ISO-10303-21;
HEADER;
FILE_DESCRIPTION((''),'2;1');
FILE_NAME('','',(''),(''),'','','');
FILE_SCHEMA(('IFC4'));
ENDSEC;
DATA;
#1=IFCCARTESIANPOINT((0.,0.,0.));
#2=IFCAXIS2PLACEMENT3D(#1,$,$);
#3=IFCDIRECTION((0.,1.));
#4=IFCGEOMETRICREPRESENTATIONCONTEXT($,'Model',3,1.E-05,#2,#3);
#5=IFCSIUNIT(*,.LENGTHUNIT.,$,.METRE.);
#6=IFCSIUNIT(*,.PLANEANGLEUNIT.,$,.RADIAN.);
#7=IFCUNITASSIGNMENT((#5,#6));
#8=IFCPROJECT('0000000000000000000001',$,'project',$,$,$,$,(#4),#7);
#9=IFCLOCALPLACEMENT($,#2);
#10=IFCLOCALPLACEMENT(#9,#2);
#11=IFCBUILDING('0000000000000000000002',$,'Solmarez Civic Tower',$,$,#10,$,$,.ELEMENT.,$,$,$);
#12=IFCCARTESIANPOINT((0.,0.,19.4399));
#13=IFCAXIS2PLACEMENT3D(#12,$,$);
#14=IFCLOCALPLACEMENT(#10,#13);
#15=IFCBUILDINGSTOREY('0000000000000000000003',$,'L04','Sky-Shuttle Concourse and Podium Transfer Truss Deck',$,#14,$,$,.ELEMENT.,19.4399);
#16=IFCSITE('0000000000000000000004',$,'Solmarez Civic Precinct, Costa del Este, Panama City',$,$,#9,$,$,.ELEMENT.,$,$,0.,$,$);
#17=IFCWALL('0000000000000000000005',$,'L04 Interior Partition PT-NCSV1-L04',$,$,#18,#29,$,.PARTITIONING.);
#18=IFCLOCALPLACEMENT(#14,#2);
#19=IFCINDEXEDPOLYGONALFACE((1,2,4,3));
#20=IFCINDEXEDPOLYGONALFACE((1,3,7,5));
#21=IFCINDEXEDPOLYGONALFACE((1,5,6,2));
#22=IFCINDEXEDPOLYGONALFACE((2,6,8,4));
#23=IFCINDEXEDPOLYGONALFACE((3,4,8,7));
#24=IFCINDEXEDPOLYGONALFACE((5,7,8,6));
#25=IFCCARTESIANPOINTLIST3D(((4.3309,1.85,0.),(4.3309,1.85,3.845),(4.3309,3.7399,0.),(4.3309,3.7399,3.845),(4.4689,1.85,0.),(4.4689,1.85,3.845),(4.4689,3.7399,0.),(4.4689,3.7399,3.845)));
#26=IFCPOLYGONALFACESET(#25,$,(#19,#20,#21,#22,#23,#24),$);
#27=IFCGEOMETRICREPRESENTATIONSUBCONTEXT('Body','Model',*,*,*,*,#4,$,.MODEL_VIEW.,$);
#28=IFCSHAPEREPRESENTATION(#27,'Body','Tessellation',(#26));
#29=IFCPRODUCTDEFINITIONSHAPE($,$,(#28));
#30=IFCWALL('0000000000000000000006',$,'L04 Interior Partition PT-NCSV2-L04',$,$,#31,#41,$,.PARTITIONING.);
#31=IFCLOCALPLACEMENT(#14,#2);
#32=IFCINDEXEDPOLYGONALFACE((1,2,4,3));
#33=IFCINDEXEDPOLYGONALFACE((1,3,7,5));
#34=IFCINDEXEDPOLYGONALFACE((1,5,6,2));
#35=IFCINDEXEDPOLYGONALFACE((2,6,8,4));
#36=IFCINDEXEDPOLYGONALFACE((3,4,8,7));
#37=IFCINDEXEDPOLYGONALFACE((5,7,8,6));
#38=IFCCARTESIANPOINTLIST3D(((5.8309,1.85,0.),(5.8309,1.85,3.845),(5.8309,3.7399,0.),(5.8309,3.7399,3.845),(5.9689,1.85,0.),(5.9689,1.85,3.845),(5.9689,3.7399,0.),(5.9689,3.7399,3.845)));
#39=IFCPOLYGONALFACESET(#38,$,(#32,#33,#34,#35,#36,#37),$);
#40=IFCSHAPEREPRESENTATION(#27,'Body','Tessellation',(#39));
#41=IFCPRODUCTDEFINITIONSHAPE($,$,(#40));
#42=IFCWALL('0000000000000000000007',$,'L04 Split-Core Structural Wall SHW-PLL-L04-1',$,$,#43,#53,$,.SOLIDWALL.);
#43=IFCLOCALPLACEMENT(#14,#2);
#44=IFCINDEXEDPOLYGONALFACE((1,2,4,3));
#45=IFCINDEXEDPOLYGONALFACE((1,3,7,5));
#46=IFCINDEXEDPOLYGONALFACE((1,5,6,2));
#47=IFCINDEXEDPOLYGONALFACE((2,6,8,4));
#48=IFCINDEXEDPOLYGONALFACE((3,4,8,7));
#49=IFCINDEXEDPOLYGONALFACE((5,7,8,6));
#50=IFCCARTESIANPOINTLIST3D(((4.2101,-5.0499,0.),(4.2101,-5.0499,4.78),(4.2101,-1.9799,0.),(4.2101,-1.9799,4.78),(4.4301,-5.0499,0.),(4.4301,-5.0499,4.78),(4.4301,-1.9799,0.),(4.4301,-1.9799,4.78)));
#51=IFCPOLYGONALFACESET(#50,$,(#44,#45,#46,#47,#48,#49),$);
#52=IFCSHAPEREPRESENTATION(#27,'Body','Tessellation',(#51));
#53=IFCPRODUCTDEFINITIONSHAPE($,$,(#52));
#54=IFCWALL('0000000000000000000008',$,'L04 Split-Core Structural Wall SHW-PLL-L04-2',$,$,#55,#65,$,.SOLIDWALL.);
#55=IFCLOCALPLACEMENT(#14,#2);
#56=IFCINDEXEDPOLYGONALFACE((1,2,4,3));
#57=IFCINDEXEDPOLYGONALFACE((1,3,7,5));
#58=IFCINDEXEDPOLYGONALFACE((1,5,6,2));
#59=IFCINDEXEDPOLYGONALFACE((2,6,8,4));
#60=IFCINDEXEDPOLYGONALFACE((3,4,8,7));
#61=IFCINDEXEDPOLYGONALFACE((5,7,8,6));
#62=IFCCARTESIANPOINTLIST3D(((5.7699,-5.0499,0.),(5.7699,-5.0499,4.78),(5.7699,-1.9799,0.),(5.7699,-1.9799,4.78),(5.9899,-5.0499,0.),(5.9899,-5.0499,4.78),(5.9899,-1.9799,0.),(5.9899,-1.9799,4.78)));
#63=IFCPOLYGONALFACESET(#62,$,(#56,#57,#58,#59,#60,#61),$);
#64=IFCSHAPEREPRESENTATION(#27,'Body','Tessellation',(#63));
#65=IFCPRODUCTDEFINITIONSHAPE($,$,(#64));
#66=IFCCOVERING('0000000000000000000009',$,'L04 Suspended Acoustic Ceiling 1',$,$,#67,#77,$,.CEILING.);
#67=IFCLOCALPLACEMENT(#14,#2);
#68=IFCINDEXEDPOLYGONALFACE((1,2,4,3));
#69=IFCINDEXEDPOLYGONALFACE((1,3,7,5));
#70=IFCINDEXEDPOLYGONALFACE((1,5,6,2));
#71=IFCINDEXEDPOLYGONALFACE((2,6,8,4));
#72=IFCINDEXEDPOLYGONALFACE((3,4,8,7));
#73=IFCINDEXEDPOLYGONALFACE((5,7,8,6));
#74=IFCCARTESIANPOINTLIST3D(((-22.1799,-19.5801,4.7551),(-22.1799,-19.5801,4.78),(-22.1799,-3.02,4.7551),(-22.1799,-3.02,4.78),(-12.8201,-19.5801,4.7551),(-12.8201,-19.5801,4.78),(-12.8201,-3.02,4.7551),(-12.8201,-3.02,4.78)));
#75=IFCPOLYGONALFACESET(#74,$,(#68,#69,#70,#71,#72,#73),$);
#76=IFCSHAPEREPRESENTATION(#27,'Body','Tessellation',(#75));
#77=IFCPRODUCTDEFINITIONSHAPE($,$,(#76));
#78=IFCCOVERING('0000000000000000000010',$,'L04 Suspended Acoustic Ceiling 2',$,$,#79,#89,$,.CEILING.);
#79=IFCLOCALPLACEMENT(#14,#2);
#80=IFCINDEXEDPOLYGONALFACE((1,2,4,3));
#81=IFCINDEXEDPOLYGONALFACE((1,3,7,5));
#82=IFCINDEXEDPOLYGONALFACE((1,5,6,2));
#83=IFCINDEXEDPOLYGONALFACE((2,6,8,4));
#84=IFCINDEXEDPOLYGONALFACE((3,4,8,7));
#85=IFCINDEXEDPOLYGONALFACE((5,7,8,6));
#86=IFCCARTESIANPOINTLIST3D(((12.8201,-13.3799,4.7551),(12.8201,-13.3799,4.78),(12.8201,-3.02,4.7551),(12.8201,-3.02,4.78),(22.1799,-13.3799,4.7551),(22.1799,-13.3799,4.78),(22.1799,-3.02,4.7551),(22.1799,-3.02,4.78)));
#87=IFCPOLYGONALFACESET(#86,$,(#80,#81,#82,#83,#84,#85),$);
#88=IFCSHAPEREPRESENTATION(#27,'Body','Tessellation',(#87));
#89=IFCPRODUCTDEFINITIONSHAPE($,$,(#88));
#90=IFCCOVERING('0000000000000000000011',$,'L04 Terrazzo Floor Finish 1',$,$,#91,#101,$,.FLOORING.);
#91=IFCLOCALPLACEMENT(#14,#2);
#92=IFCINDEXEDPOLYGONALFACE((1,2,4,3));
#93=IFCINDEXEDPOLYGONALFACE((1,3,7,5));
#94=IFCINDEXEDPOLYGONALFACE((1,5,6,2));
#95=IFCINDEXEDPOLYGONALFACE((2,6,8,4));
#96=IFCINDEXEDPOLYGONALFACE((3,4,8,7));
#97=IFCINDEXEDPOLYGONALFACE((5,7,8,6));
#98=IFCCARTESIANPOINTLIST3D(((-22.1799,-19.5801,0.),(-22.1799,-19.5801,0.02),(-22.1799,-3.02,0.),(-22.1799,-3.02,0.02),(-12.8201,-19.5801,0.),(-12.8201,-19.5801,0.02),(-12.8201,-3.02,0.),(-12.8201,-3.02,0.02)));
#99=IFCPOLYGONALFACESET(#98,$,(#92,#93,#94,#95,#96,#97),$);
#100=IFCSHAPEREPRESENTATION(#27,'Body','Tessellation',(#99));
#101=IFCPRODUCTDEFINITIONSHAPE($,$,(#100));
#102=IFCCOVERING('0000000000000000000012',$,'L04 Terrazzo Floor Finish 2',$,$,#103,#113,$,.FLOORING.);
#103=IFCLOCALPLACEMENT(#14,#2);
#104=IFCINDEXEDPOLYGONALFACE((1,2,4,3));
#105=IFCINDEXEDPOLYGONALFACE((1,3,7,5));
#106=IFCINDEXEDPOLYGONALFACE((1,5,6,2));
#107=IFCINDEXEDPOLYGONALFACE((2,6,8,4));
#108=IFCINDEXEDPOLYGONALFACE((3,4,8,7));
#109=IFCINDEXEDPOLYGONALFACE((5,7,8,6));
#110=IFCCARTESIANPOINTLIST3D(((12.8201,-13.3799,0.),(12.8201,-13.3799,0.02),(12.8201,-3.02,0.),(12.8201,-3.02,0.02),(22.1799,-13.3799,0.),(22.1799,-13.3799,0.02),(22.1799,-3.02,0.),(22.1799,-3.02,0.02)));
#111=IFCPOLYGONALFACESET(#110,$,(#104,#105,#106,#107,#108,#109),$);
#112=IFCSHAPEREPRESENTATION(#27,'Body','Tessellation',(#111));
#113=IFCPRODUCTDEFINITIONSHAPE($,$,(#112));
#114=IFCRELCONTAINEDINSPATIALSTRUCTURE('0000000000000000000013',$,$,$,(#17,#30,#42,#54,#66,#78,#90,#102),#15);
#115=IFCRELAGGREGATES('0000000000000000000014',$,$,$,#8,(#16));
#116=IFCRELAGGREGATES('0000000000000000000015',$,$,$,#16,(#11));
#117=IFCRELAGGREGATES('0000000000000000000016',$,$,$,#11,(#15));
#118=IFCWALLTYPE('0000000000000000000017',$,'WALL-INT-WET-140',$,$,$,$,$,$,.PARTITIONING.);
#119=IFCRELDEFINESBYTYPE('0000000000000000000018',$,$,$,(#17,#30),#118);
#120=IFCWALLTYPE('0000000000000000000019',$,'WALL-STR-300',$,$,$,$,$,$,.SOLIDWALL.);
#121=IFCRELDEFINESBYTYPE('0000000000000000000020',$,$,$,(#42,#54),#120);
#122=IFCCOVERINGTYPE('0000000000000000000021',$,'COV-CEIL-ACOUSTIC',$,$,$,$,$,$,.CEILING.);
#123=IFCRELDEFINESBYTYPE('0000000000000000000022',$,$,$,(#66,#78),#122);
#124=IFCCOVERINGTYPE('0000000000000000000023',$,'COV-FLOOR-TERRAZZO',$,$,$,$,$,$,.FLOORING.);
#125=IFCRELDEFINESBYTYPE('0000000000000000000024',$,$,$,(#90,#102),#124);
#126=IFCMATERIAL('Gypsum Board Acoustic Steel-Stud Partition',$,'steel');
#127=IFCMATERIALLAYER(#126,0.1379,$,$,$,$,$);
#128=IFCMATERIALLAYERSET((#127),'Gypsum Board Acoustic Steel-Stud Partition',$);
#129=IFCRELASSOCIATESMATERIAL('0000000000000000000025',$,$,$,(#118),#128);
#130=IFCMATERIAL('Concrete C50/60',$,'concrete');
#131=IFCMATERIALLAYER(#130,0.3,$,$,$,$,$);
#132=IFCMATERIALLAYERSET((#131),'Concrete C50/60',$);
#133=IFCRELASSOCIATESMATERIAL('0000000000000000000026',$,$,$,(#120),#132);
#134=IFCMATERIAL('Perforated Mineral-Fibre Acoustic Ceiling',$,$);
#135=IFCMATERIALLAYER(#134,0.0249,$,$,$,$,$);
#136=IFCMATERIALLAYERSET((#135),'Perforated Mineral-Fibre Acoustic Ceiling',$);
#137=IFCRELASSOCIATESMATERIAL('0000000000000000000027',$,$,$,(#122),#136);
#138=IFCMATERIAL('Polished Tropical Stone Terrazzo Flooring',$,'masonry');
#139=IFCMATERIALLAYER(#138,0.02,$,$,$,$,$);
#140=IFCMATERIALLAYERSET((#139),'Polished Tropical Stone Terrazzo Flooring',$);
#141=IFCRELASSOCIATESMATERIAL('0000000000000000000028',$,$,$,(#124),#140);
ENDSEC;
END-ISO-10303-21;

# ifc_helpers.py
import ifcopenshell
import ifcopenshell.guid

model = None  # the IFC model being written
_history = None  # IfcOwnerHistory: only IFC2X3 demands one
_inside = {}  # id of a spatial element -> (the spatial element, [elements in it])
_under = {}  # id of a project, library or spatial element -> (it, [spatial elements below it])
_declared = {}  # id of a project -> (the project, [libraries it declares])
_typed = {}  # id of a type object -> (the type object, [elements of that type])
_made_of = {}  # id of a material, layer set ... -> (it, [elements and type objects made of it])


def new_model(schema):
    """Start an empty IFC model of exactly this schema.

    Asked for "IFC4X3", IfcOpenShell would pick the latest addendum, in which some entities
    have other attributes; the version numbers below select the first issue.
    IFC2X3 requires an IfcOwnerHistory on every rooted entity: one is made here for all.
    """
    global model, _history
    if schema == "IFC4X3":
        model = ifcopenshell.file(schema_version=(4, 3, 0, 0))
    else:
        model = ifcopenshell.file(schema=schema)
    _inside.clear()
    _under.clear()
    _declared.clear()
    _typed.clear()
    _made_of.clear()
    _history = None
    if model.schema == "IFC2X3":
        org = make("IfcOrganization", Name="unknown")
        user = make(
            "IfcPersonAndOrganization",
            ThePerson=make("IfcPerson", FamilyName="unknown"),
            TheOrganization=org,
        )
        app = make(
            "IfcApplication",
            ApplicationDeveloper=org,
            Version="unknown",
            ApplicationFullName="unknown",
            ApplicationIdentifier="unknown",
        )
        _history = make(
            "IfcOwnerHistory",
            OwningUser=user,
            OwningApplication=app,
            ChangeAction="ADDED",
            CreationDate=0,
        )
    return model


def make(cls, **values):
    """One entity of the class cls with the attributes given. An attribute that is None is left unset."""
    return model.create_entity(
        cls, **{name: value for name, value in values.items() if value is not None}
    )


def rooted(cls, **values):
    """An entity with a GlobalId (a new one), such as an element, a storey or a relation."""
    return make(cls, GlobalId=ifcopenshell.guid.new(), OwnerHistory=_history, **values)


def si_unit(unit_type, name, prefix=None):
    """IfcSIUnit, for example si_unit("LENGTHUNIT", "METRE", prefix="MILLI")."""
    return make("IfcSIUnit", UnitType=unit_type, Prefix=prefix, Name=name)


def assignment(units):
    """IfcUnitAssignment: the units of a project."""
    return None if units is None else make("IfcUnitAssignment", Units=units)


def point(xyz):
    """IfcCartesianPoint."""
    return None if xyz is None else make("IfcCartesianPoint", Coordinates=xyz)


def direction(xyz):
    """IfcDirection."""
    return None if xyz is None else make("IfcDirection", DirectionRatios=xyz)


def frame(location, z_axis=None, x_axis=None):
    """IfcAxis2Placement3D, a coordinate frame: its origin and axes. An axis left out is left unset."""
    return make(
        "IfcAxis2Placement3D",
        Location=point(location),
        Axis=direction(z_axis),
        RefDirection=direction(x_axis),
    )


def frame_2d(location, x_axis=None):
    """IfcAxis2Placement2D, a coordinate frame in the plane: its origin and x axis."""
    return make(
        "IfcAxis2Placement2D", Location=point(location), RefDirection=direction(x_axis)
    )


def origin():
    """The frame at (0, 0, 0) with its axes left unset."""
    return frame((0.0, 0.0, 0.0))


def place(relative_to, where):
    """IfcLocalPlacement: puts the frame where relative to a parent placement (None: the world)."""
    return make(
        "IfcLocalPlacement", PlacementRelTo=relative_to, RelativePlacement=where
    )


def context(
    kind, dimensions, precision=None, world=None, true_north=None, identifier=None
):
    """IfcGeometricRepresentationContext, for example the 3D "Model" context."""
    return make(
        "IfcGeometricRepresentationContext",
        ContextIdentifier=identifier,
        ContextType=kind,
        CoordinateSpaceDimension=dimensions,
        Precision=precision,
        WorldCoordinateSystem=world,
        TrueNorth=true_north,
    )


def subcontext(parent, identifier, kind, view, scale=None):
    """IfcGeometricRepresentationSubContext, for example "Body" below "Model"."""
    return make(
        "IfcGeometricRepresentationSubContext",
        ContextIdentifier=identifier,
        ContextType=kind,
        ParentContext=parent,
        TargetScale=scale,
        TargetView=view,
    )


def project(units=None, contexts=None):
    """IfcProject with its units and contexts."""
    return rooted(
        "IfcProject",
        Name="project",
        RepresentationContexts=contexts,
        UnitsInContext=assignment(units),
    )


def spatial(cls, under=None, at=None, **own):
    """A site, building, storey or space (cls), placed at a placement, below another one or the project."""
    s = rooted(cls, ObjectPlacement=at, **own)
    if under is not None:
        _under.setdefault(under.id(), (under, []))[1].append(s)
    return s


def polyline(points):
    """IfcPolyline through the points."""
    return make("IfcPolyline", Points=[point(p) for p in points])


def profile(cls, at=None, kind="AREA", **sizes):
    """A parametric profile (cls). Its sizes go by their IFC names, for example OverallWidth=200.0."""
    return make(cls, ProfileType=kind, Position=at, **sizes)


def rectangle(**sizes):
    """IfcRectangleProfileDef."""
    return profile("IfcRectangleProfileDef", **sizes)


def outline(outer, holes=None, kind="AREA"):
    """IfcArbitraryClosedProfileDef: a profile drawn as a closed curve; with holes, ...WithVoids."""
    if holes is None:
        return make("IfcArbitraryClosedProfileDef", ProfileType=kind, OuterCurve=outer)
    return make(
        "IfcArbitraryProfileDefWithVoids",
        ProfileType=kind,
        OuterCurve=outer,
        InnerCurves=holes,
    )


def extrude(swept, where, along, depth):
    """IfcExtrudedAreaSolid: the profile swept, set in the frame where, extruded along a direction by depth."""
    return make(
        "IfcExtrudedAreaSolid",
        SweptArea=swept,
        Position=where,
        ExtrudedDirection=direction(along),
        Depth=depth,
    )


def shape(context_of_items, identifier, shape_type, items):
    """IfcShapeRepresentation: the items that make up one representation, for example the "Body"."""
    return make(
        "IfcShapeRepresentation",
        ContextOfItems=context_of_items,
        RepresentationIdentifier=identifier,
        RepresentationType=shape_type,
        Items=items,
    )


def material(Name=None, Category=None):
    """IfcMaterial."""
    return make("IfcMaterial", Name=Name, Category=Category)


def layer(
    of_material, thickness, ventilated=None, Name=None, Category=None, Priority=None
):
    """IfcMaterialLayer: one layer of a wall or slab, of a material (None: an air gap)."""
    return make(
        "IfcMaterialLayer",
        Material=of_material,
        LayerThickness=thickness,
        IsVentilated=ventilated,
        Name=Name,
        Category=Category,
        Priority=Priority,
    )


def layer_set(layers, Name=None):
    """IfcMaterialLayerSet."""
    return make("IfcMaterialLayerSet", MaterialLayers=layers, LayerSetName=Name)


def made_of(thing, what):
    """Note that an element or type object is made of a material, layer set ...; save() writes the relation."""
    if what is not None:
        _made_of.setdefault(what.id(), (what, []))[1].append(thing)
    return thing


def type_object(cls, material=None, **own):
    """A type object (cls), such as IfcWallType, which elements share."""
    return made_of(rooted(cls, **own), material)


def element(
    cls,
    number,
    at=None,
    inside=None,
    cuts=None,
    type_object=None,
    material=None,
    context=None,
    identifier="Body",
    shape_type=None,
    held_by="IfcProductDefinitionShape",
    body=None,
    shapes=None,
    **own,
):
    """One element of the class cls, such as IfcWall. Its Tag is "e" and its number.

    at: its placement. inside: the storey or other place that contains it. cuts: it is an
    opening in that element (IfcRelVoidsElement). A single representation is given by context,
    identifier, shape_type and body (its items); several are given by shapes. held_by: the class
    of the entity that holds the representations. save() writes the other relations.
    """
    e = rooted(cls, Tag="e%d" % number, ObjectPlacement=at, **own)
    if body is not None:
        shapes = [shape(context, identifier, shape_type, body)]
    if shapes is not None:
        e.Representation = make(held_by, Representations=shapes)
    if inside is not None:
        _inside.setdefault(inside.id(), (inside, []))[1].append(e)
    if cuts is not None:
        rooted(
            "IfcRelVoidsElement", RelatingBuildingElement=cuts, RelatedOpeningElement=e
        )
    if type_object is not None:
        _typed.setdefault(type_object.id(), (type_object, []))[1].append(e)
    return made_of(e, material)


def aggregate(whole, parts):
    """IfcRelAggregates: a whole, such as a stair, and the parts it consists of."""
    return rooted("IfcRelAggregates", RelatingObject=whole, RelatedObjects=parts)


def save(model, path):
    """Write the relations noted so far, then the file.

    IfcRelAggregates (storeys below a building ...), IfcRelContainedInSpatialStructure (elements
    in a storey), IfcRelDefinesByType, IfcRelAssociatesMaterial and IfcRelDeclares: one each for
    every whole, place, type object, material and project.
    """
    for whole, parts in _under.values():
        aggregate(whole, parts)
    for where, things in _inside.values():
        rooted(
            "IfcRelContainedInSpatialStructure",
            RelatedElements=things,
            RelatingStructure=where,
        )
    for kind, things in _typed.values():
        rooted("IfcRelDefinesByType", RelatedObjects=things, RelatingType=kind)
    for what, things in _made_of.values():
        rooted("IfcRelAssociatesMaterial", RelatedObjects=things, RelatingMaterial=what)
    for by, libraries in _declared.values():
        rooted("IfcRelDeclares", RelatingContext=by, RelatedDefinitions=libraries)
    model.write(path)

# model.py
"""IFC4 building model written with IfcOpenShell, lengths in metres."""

from ifc_helpers import new_model, si_unit, direction, frame, frame_2d, origin, place, context, subcontext, project, spatial, polyline, rectangle, outline, extrude, material, layer, layer_set, type_object, element, save


model = new_model("IFC4")

# Units and contexts
model_context = context("Model", 3, precision=1e-05, world=origin(), true_north=direction((0.0, 1.0)))
body_context = subcontext(model_context, "Body", "Model", "MODEL_VIEW")
ifc_project = project(units=[si_unit("LENGTHUNIT", "METRE"), si_unit("PLANEANGLEUNIT", "RADIAN")], contexts=[model_context])

# Site, building, storey
site_placement = place(None, origin())
site = spatial("IfcSite", under=ifc_project, at=site_placement, Name="Solmarez Civic Precinct, Costa del Este, Panama City", CompositionType="ELEMENT", RefElevation=0.0)
building_placement = place(site_placement, origin())
building = spatial("IfcBuilding", under=site, at=building_placement, Name="Solmarez Civic Tower", CompositionType="ELEMENT")
storey_placement = place(building_placement, frame((0.0, 0.0, 19.4399)))
storey = spatial("IfcBuildingStorey", under=building, at=storey_placement, Name="L04", Description="Sky-Shuttle Concourse and Podium Transfer Truss Deck", CompositionType="ELEMENT", Elevation=19.4399)

# Shared definitions
ifc_material_1 = material(Name="Concrete C50/60", Category="concrete")

# Shared definitions
ifc_material_2 = material(Name="Gypsum Board Acoustic Steel-Stud Partition", Category="steel")

# Walls
ifc_layer_1 = layer(ifc_material_2, 0.1379)
ifc_layer_set_1 = layer_set([ifc_layer_1], Name="Gypsum Board Acoustic Steel-Stud Partition")
wall_type_1 = type_object("IfcWallType", Name="WALL-INT-WET-140", PredefinedType="PARTITIONING", material=ifc_layer_set_1)
for number, where, z_axis, x_axis, name in (
    (1, (4.3999, 1.8501, 0.0), (0.0, 0.0, 1.0), (0.0, 1.0, 0.0), "L04 Interior Partition PT-NCSV1-L04"),
    (2, (5.8999, 1.8501, 0.0), (0.0, 0.0, 1.0), (0.0, 1.0, 0.0), "L04 Interior Partition PT-NCSV2-L04"),
):
    element("IfcWall", number, at=place(storey_placement, frame(where, z_axis=z_axis, x_axis=x_axis)), inside=storey, type_object=wall_type_1, Name=name, PredefinedType="PARTITIONING", context=body_context, shape_type="SweptSolid", body=[
        extrude(rectangle(XDim=1.8899, YDim=0.1379, at=frame_2d((0.9448, 0.0))), origin(), (0.0, 0.0, 1.0), 3.845),
    ])
ifc_layer_2 = layer(ifc_material_1, 0.3)
ifc_layer_set_2 = layer_set([ifc_layer_2], Name="Concrete C50/60")
wall_type_2 = type_object("IfcWallType", Name="WALL-STR-300", PredefinedType="SOLIDWALL", material=ifc_layer_set_2)
for number, where, z_axis, x_axis, name in (
    (3, (4.3201, -5.05, 0.0), (0.0, 0.0, 1.0), (0.0, 1.0, 0.0), "L04 Split-Core Structural Wall SHW-PLL-L04-1"),
    (4, (5.8799, -5.05, 0.0), (0.0, 0.0, 1.0), (0.0, 1.0, 0.0), "L04 Split-Core Structural Wall SHW-PLL-L04-2"),
):
    element("IfcWall", number, at=place(storey_placement, frame(where, z_axis=z_axis, x_axis=x_axis)), inside=storey, type_object=wall_type_2, Name=name, PredefinedType="SOLIDWALL", context=body_context, shape_type="SweptSolid", body=[
        extrude(rectangle(XDim=3.0701, YDim=0.22, at=frame_2d((1.5352, 0.0))), origin(), (0.0, 0.0, 1.0), 4.78),
    ])

# Coverings
ifc_material_3 = material(Name="Perforated Mineral-Fibre Acoustic Ceiling")
ifc_layer_3 = layer(ifc_material_3, 0.0249)
ifc_layer_set_3 = layer_set([ifc_layer_3], Name="Perforated Mineral-Fibre Acoustic Ceiling")
covering_type_1 = type_object("IfcCoveringType", Name="COV-CEIL-ACOUSTIC", PredefinedType="CEILING", material=ifc_layer_set_3)
covering_1_placement = place(storey_placement, frame((0.0, 0.0, 4.7551)))
element("IfcCovering", 5, at=covering_1_placement, inside=storey, type_object=covering_type_1, Name="L04 Suspended Acoustic Ceiling 1", PredefinedType="CEILING", context=body_context, shape_type="SweptSolid", body=[
    extrude(outline(polyline([(-12.8201, -19.5801), (-12.8201, -3.02), (-22.1799, -3.02), (-22.1799, -19.5801), (-12.8201, -19.5801)])), origin(), (0.0, 0.0, 1.0), 0.0249),
])
covering_2_placement = place(storey_placement, frame((0.0, 0.0, 4.7551)))
element("IfcCovering", 6, at=covering_2_placement, inside=storey, type_object=covering_type_1, Name="L04 Suspended Acoustic Ceiling 2", PredefinedType="CEILING", context=body_context, shape_type="SweptSolid", body=[
    extrude(outline(polyline([(22.1799, -13.3799), (22.1799, -3.02), (12.8201, -3.02), (12.8201, -13.3799), (22.1799, -13.3799)])), origin(), (0.0, 0.0, 1.0), 0.0249),
])
ifc_material_4 = material(Name="Polished Tropical Stone Terrazzo Flooring", Category="masonry")
ifc_layer_4 = layer(ifc_material_4, 0.02)
ifc_layer_set_4 = layer_set([ifc_layer_4], Name="Polished Tropical Stone Terrazzo Flooring")
covering_type_2 = type_object("IfcCoveringType", Name="COV-FLOOR-TERRAZZO", PredefinedType="FLOORING", material=ifc_layer_set_4)
covering_3_placement = place(storey_placement, origin())
element("IfcCovering", 7, at=covering_3_placement, inside=storey, type_object=covering_type_2, Name="L04 Terrazzo Floor Finish 1", PredefinedType="FLOORING", context=body_context, shape_type="SweptSolid", body=[
    extrude(outline(polyline([(-12.8201, -19.5801), (-12.8201, -3.02), (-22.1799, -3.02), (-22.1799, -19.5801), (-12.8201, -19.5801)])), origin(), (0.0, 0.0, 1.0), 0.02),
])
covering_4_placement = place(storey_placement, origin())
element("IfcCovering", 8, at=covering_4_placement, inside=storey, type_object=covering_type_2, Name="L04 Terrazzo Floor Finish 2", PredefinedType="FLOORING", context=body_context, shape_type="SweptSolid", body=[
    extrude(outline(polyline([(22.1799, -13.3799), (22.1799, -3.02), (12.8201, -3.02), (12.8201, -13.3799), (22.1799, -13.3799)])), origin(), (0.0, 0.0, 1.0), 0.02),
])

save(model, "model.ifc")
